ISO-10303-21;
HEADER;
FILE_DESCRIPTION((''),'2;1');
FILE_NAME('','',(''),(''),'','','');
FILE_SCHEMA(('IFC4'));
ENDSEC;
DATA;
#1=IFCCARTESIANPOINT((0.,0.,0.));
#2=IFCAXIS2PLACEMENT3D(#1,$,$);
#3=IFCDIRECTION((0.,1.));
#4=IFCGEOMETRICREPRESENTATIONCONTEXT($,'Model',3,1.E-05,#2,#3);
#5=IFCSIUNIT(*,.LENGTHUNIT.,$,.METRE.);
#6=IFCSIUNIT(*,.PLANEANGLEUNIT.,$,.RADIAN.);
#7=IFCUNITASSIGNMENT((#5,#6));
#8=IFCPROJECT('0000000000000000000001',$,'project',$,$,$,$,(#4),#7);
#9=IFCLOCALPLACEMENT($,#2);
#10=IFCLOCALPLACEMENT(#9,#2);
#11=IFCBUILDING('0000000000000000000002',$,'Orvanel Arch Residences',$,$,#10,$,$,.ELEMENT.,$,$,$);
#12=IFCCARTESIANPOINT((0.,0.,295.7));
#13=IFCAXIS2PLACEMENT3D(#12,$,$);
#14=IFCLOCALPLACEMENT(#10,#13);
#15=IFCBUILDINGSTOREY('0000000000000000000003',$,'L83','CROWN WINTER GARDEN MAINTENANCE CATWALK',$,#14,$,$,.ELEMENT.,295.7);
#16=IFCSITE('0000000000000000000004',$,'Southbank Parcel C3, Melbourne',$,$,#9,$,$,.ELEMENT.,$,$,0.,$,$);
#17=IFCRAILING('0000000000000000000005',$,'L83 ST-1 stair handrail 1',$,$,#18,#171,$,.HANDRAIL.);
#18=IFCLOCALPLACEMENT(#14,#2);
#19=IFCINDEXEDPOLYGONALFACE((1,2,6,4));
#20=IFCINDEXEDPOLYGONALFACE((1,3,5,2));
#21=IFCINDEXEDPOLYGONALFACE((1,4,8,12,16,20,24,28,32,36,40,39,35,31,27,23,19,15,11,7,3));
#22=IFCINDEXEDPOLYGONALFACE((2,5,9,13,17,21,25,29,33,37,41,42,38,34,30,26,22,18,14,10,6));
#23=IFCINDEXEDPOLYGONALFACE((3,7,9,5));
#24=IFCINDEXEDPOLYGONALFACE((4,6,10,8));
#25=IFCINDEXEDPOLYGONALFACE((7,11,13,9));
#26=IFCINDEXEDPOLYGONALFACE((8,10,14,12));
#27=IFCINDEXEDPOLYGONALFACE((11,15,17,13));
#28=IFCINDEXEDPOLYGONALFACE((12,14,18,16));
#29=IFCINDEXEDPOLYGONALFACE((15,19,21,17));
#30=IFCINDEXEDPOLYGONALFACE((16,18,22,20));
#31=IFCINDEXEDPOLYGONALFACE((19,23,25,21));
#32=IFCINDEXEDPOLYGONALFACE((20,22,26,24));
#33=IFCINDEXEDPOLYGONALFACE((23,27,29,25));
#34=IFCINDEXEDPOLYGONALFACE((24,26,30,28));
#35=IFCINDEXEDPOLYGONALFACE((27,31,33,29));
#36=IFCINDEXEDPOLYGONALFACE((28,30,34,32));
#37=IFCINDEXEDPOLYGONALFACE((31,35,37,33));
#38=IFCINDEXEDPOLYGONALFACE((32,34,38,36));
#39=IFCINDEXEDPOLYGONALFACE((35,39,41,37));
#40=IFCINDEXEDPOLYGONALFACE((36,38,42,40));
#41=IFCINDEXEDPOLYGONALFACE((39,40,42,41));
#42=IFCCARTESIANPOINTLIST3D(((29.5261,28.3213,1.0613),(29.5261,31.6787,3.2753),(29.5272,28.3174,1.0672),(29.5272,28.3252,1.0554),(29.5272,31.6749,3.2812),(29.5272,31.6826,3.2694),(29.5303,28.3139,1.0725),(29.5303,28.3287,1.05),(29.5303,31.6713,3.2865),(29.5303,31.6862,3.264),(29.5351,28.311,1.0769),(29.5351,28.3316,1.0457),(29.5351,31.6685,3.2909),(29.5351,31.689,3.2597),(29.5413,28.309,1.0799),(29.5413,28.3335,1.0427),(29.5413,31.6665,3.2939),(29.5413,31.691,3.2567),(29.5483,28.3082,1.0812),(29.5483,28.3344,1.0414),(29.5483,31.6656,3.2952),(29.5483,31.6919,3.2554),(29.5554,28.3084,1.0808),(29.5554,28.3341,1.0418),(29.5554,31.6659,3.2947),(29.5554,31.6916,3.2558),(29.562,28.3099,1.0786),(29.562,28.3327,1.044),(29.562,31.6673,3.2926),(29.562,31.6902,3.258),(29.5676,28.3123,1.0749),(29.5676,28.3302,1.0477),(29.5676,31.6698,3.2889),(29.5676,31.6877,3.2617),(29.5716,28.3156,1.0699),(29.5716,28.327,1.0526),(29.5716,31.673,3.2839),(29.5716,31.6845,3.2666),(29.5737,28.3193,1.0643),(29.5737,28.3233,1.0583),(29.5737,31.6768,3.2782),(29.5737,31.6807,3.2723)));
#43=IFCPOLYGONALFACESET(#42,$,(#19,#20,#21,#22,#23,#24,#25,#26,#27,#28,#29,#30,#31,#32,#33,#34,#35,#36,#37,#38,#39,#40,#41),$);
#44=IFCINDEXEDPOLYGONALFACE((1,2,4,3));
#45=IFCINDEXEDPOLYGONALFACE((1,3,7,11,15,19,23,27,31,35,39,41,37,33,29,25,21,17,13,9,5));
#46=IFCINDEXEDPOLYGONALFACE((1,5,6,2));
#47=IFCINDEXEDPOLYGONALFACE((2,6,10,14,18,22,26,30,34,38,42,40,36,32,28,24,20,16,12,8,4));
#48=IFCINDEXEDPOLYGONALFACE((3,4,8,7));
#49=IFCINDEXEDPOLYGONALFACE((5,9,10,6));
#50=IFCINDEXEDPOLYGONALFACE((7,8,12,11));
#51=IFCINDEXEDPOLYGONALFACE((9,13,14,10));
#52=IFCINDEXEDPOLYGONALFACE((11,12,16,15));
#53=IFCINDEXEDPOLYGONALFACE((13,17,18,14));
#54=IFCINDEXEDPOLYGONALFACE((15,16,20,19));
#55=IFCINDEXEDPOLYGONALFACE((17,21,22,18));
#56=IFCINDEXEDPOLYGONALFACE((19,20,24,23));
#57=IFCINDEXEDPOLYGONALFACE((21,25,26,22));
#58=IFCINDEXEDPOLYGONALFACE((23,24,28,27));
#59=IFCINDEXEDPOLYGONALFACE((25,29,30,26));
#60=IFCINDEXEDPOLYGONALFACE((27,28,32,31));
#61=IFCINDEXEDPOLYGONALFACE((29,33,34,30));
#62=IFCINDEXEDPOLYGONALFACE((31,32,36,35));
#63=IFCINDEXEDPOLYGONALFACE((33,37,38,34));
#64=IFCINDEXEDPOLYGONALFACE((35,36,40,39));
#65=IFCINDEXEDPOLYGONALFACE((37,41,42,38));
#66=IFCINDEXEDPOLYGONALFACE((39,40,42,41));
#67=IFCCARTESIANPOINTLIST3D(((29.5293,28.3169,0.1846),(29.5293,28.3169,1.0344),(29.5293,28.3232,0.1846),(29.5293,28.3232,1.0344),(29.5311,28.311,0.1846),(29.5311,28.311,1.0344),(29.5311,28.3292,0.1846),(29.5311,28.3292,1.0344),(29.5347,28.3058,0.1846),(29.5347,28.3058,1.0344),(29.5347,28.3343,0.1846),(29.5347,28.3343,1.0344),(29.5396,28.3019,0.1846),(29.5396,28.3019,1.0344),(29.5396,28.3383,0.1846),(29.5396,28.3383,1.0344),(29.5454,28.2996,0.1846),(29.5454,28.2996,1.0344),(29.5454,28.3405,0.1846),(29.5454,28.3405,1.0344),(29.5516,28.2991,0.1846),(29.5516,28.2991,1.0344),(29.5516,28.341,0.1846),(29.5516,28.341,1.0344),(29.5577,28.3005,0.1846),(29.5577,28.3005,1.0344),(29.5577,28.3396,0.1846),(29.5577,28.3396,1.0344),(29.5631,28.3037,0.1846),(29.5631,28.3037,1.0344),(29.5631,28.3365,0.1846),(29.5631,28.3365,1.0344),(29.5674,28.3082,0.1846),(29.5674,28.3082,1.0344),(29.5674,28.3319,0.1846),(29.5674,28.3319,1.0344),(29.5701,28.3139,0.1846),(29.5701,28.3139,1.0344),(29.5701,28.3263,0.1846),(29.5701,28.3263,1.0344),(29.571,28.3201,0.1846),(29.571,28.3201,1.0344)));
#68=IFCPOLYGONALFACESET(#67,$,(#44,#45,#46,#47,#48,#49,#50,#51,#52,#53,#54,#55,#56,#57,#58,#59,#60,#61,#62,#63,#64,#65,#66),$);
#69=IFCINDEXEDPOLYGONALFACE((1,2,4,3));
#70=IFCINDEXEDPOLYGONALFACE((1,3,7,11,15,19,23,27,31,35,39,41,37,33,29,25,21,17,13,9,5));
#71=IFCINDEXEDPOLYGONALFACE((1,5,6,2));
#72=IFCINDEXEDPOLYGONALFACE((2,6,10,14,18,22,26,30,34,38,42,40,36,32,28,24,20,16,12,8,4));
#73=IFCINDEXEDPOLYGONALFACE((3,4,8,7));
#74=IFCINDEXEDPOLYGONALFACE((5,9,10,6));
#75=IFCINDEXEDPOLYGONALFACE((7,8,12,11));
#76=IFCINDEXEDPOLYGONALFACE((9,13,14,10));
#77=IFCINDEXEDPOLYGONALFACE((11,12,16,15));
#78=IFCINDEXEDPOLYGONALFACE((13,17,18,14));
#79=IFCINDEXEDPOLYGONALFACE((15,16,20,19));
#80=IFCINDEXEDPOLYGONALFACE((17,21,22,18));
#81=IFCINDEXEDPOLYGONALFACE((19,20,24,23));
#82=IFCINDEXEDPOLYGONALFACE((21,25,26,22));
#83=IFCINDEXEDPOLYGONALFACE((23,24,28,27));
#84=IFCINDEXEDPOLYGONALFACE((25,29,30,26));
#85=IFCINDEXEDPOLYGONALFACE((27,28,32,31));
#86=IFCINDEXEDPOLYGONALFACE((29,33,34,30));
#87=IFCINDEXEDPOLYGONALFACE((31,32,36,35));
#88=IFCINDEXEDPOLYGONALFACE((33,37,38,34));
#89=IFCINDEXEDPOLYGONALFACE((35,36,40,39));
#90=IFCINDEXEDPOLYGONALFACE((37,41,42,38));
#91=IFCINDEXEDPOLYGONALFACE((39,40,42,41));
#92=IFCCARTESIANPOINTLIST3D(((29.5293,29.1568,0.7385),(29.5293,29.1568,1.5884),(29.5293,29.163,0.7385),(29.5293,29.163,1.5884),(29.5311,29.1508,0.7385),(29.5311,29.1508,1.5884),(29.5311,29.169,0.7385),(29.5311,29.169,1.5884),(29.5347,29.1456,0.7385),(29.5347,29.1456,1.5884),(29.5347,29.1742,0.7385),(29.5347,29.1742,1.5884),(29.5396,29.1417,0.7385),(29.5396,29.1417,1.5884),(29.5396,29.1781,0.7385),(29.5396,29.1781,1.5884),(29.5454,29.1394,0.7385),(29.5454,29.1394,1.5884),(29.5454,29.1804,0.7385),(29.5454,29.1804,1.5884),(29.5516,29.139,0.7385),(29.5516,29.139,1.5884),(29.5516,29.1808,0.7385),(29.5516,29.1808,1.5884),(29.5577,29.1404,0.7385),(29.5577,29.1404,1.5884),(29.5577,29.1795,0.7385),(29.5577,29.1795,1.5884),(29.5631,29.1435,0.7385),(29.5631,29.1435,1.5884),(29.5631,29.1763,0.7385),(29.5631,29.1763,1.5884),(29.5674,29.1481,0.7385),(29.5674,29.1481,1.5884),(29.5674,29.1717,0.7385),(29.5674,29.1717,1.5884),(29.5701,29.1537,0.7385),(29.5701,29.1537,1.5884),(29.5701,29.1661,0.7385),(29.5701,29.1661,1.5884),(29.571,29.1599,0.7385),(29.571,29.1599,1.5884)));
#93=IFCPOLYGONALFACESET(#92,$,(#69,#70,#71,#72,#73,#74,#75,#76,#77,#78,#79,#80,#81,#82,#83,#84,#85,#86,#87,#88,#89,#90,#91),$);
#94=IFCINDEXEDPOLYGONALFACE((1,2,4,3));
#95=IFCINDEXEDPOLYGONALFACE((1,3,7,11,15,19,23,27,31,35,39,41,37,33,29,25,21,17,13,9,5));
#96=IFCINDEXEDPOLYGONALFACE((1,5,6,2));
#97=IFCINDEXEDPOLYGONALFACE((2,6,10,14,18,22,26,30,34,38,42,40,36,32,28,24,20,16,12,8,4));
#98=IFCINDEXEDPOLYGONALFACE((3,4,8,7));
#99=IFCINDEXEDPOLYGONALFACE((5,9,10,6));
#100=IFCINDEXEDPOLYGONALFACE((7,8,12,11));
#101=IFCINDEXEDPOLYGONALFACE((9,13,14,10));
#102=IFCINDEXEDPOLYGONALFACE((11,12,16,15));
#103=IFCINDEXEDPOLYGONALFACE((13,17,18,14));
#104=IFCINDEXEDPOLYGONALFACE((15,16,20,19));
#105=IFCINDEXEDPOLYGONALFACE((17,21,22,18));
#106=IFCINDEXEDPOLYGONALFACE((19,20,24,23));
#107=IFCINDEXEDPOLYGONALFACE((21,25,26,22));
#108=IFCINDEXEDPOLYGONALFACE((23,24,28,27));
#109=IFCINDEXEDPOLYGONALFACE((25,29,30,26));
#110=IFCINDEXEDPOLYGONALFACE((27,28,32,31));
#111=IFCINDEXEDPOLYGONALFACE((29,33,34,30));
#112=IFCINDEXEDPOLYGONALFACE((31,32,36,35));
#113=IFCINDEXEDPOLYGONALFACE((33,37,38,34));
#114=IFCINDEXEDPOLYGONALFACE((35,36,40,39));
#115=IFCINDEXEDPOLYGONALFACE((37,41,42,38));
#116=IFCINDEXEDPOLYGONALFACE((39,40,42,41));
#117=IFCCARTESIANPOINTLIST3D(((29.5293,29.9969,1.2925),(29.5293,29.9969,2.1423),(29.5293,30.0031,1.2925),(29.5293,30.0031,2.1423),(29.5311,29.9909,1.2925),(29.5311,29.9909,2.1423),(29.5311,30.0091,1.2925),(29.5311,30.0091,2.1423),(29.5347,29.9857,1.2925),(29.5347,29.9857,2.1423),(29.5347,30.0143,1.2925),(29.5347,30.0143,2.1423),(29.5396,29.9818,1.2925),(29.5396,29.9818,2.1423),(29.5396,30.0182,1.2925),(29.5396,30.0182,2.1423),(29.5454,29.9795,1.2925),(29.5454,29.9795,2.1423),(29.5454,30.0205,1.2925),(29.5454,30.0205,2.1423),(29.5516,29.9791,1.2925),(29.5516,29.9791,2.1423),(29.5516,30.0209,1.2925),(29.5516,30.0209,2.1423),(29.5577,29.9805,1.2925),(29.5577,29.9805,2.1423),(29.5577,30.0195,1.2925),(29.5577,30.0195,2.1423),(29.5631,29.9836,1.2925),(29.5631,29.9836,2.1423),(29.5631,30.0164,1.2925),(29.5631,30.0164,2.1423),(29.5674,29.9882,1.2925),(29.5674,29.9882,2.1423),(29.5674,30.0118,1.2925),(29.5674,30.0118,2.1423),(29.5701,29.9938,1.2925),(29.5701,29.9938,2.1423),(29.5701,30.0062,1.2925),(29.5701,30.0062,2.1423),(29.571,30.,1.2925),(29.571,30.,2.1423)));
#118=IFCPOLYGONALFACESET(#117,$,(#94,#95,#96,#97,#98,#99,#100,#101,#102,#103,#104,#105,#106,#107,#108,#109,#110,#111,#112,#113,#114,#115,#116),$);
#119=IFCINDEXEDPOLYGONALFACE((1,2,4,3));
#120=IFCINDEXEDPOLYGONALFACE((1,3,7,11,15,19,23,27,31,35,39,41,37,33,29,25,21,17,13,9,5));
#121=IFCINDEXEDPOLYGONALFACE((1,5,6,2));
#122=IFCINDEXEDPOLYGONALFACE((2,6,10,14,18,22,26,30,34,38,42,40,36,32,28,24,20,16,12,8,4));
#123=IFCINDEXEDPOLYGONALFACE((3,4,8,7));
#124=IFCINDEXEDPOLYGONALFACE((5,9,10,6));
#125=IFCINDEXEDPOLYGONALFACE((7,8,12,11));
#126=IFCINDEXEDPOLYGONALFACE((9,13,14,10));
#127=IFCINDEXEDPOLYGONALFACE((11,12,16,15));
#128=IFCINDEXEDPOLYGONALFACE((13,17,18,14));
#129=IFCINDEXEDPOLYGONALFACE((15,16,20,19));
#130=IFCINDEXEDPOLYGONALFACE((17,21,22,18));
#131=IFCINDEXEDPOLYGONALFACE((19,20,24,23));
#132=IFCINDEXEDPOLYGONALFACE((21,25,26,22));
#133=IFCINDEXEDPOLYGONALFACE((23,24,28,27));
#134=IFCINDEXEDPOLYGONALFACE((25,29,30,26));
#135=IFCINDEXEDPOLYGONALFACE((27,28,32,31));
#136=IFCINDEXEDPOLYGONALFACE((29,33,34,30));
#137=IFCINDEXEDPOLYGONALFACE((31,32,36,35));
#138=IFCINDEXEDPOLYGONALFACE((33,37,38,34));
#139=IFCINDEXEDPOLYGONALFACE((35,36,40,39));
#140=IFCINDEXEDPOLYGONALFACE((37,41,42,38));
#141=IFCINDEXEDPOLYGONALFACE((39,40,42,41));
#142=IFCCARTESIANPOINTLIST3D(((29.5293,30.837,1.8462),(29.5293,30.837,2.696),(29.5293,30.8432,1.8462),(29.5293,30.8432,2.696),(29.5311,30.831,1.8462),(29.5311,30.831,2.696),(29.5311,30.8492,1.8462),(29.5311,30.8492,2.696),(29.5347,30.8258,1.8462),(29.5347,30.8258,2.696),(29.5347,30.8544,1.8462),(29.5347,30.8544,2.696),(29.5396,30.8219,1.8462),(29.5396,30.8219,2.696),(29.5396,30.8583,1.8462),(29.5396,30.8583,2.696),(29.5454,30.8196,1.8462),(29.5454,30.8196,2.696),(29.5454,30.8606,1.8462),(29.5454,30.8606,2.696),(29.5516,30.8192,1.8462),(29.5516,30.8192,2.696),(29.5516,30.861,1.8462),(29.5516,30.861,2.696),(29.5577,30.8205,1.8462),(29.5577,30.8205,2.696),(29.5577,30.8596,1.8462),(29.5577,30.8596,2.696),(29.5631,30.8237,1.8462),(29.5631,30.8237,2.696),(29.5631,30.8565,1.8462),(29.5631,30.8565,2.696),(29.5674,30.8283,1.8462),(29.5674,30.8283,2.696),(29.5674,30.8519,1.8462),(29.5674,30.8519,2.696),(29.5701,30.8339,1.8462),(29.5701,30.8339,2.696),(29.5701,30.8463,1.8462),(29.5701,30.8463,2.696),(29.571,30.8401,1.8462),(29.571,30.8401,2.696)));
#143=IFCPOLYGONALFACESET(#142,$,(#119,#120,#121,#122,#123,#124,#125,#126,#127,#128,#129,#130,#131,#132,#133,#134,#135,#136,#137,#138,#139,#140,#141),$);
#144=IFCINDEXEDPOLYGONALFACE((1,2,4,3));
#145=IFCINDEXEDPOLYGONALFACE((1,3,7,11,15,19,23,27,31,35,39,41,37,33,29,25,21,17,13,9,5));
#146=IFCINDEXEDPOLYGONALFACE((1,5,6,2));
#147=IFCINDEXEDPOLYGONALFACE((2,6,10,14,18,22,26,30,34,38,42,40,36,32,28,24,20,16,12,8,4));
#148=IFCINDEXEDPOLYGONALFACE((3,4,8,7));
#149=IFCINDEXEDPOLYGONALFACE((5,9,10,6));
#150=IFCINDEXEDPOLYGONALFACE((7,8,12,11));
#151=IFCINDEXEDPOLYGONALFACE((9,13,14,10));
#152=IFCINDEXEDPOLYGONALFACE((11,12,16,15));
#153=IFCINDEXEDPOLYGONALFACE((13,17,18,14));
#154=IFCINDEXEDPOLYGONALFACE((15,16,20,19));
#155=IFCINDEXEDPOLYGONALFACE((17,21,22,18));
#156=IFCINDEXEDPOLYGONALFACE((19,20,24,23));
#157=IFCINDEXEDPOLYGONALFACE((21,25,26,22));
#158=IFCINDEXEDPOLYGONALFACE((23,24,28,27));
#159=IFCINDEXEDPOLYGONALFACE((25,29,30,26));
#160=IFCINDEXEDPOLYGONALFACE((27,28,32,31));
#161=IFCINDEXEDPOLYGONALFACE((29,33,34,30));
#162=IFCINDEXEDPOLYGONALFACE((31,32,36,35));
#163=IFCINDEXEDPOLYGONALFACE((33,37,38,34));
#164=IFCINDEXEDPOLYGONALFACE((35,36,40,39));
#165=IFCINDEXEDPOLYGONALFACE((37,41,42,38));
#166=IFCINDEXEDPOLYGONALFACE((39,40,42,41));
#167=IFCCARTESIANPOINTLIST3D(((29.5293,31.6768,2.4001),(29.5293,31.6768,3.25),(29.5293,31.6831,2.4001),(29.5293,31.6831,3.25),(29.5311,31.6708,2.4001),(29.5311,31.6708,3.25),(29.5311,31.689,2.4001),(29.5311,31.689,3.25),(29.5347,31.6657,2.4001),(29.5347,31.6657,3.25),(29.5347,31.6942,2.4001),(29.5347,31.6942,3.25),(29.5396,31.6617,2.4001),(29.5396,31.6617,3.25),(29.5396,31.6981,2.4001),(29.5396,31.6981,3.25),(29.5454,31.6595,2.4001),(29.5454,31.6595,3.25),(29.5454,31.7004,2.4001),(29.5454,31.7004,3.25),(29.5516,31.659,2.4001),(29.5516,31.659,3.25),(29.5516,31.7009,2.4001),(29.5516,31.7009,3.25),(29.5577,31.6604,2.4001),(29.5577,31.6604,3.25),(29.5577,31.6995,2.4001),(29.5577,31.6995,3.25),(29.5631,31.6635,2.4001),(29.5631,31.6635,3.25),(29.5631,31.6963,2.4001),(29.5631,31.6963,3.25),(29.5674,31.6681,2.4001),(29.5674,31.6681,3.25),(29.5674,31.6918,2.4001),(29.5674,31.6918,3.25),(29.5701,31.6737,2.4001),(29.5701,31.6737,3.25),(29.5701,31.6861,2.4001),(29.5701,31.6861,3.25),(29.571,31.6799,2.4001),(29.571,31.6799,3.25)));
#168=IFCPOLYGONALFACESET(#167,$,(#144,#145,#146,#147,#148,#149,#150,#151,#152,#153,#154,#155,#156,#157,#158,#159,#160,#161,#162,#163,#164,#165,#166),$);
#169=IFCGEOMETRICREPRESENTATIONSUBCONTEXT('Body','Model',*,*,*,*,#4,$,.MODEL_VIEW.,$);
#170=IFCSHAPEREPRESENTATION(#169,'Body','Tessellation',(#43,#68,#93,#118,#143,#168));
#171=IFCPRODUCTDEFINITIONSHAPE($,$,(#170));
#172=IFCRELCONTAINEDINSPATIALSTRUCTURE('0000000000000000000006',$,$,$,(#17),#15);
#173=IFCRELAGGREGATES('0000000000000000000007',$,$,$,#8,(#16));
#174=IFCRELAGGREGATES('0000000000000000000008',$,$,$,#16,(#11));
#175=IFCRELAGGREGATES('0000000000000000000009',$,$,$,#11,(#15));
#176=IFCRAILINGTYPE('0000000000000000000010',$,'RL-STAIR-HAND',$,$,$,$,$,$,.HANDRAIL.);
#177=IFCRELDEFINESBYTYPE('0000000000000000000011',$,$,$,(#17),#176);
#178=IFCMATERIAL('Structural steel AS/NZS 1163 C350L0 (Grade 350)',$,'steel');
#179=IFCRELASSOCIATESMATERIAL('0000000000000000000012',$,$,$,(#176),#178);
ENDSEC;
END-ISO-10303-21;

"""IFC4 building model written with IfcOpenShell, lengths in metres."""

from ifc_helpers import new_model, si_unit, direction, frame, origin, origin_2d, place, context, subcontext, project, spatial, circle, extrude, material, type_object, element, save


model = new_model("IFC4")

# Units and contexts
model_context = context("Model", 3, precision=1e-05, world=origin(), true_north=direction((0.0, 1.0)))
body_context = subcontext(model_context, "Body", "Model", "MODEL_VIEW")
ifc_project = project(units=[si_unit("LENGTHUNIT", "METRE"), si_unit("PLANEANGLEUNIT", "RADIAN")], contexts=[model_context])

# Site, building, storey
site_placement = place(None, origin())
site = spatial("IfcSite", under=ifc_project, at=site_placement, Name="Southbank Parcel C3, Melbourne", CompositionType="ELEMENT", RefElevation=0.0)
building_placement = place(site_placement, origin())
building = spatial("IfcBuilding", under=site, at=building_placement, Name="Orvanel Arch Residences", CompositionType="ELEMENT")
storey_placement = place(building_placement, frame((0.0, 0.0, 295.7)))
storey = spatial("IfcBuildingStorey", under=building, at=storey_placement, Name="L83", Description="CROWN WINTER GARDEN MAINTENANCE CATWALK", CompositionType="ELEMENT", Elevation=295.7)

# Shared definitions
ifc_material_1 = material(Name="Structural steel AS/NZS 1163 C350L0 (Grade 350)", Category="steel")

# Railing
railing_type_1 = type_object("IfcRailingType", Name="RL-STAIR-HAND", PredefinedType="HANDRAIL", material=ifc_material_1)
railing_1_placement = place(storey_placement, frame((29.55, 28.3201, 0.1846)))
element("IfcRailing", 1, at=railing_1_placement, inside=storey, type_object=railing_type_1, Name="L83 ST-1 stair handrail 1", PredefinedType="HANDRAIL", context=body_context, shape_type="SweptSolid", body=[
    extrude(circle(Radius=0.0239, at=origin_2d()), frame((0.0, 0.0012, 0.8767), z_axis=(0.0, 0.83483, 0.550508), x_axis=(-1.0, 0.0, 0.0)), (0.0, 0.0, 1.0), 4.0217),
    extrude(circle(Radius=0.021, at=origin_2d()), origin(), (0.0, 0.0, 1.0), 0.8499),
    extrude(circle(Radius=0.021, at=origin_2d()), frame((0.0, 0.8398, 0.554)), (0.0, 0.0, 1.0), 0.8499),
    extrude(circle(Radius=0.021, at=origin_2d()), frame((0.0, 1.6799, 1.1079)), (0.0, 0.0, 1.0), 0.8499),
    extrude(circle(Radius=0.021, at=origin_2d()), frame((0.0, 2.52, 1.6616)), (0.0, 0.0, 1.0), 0.8499),
    extrude(circle(Radius=0.021, at=origin_2d()), frame((0.0, 3.3599, 2.2156)), (0.0, 0.0, 1.0), 0.8499),
])

save(model, "model.ifc")
